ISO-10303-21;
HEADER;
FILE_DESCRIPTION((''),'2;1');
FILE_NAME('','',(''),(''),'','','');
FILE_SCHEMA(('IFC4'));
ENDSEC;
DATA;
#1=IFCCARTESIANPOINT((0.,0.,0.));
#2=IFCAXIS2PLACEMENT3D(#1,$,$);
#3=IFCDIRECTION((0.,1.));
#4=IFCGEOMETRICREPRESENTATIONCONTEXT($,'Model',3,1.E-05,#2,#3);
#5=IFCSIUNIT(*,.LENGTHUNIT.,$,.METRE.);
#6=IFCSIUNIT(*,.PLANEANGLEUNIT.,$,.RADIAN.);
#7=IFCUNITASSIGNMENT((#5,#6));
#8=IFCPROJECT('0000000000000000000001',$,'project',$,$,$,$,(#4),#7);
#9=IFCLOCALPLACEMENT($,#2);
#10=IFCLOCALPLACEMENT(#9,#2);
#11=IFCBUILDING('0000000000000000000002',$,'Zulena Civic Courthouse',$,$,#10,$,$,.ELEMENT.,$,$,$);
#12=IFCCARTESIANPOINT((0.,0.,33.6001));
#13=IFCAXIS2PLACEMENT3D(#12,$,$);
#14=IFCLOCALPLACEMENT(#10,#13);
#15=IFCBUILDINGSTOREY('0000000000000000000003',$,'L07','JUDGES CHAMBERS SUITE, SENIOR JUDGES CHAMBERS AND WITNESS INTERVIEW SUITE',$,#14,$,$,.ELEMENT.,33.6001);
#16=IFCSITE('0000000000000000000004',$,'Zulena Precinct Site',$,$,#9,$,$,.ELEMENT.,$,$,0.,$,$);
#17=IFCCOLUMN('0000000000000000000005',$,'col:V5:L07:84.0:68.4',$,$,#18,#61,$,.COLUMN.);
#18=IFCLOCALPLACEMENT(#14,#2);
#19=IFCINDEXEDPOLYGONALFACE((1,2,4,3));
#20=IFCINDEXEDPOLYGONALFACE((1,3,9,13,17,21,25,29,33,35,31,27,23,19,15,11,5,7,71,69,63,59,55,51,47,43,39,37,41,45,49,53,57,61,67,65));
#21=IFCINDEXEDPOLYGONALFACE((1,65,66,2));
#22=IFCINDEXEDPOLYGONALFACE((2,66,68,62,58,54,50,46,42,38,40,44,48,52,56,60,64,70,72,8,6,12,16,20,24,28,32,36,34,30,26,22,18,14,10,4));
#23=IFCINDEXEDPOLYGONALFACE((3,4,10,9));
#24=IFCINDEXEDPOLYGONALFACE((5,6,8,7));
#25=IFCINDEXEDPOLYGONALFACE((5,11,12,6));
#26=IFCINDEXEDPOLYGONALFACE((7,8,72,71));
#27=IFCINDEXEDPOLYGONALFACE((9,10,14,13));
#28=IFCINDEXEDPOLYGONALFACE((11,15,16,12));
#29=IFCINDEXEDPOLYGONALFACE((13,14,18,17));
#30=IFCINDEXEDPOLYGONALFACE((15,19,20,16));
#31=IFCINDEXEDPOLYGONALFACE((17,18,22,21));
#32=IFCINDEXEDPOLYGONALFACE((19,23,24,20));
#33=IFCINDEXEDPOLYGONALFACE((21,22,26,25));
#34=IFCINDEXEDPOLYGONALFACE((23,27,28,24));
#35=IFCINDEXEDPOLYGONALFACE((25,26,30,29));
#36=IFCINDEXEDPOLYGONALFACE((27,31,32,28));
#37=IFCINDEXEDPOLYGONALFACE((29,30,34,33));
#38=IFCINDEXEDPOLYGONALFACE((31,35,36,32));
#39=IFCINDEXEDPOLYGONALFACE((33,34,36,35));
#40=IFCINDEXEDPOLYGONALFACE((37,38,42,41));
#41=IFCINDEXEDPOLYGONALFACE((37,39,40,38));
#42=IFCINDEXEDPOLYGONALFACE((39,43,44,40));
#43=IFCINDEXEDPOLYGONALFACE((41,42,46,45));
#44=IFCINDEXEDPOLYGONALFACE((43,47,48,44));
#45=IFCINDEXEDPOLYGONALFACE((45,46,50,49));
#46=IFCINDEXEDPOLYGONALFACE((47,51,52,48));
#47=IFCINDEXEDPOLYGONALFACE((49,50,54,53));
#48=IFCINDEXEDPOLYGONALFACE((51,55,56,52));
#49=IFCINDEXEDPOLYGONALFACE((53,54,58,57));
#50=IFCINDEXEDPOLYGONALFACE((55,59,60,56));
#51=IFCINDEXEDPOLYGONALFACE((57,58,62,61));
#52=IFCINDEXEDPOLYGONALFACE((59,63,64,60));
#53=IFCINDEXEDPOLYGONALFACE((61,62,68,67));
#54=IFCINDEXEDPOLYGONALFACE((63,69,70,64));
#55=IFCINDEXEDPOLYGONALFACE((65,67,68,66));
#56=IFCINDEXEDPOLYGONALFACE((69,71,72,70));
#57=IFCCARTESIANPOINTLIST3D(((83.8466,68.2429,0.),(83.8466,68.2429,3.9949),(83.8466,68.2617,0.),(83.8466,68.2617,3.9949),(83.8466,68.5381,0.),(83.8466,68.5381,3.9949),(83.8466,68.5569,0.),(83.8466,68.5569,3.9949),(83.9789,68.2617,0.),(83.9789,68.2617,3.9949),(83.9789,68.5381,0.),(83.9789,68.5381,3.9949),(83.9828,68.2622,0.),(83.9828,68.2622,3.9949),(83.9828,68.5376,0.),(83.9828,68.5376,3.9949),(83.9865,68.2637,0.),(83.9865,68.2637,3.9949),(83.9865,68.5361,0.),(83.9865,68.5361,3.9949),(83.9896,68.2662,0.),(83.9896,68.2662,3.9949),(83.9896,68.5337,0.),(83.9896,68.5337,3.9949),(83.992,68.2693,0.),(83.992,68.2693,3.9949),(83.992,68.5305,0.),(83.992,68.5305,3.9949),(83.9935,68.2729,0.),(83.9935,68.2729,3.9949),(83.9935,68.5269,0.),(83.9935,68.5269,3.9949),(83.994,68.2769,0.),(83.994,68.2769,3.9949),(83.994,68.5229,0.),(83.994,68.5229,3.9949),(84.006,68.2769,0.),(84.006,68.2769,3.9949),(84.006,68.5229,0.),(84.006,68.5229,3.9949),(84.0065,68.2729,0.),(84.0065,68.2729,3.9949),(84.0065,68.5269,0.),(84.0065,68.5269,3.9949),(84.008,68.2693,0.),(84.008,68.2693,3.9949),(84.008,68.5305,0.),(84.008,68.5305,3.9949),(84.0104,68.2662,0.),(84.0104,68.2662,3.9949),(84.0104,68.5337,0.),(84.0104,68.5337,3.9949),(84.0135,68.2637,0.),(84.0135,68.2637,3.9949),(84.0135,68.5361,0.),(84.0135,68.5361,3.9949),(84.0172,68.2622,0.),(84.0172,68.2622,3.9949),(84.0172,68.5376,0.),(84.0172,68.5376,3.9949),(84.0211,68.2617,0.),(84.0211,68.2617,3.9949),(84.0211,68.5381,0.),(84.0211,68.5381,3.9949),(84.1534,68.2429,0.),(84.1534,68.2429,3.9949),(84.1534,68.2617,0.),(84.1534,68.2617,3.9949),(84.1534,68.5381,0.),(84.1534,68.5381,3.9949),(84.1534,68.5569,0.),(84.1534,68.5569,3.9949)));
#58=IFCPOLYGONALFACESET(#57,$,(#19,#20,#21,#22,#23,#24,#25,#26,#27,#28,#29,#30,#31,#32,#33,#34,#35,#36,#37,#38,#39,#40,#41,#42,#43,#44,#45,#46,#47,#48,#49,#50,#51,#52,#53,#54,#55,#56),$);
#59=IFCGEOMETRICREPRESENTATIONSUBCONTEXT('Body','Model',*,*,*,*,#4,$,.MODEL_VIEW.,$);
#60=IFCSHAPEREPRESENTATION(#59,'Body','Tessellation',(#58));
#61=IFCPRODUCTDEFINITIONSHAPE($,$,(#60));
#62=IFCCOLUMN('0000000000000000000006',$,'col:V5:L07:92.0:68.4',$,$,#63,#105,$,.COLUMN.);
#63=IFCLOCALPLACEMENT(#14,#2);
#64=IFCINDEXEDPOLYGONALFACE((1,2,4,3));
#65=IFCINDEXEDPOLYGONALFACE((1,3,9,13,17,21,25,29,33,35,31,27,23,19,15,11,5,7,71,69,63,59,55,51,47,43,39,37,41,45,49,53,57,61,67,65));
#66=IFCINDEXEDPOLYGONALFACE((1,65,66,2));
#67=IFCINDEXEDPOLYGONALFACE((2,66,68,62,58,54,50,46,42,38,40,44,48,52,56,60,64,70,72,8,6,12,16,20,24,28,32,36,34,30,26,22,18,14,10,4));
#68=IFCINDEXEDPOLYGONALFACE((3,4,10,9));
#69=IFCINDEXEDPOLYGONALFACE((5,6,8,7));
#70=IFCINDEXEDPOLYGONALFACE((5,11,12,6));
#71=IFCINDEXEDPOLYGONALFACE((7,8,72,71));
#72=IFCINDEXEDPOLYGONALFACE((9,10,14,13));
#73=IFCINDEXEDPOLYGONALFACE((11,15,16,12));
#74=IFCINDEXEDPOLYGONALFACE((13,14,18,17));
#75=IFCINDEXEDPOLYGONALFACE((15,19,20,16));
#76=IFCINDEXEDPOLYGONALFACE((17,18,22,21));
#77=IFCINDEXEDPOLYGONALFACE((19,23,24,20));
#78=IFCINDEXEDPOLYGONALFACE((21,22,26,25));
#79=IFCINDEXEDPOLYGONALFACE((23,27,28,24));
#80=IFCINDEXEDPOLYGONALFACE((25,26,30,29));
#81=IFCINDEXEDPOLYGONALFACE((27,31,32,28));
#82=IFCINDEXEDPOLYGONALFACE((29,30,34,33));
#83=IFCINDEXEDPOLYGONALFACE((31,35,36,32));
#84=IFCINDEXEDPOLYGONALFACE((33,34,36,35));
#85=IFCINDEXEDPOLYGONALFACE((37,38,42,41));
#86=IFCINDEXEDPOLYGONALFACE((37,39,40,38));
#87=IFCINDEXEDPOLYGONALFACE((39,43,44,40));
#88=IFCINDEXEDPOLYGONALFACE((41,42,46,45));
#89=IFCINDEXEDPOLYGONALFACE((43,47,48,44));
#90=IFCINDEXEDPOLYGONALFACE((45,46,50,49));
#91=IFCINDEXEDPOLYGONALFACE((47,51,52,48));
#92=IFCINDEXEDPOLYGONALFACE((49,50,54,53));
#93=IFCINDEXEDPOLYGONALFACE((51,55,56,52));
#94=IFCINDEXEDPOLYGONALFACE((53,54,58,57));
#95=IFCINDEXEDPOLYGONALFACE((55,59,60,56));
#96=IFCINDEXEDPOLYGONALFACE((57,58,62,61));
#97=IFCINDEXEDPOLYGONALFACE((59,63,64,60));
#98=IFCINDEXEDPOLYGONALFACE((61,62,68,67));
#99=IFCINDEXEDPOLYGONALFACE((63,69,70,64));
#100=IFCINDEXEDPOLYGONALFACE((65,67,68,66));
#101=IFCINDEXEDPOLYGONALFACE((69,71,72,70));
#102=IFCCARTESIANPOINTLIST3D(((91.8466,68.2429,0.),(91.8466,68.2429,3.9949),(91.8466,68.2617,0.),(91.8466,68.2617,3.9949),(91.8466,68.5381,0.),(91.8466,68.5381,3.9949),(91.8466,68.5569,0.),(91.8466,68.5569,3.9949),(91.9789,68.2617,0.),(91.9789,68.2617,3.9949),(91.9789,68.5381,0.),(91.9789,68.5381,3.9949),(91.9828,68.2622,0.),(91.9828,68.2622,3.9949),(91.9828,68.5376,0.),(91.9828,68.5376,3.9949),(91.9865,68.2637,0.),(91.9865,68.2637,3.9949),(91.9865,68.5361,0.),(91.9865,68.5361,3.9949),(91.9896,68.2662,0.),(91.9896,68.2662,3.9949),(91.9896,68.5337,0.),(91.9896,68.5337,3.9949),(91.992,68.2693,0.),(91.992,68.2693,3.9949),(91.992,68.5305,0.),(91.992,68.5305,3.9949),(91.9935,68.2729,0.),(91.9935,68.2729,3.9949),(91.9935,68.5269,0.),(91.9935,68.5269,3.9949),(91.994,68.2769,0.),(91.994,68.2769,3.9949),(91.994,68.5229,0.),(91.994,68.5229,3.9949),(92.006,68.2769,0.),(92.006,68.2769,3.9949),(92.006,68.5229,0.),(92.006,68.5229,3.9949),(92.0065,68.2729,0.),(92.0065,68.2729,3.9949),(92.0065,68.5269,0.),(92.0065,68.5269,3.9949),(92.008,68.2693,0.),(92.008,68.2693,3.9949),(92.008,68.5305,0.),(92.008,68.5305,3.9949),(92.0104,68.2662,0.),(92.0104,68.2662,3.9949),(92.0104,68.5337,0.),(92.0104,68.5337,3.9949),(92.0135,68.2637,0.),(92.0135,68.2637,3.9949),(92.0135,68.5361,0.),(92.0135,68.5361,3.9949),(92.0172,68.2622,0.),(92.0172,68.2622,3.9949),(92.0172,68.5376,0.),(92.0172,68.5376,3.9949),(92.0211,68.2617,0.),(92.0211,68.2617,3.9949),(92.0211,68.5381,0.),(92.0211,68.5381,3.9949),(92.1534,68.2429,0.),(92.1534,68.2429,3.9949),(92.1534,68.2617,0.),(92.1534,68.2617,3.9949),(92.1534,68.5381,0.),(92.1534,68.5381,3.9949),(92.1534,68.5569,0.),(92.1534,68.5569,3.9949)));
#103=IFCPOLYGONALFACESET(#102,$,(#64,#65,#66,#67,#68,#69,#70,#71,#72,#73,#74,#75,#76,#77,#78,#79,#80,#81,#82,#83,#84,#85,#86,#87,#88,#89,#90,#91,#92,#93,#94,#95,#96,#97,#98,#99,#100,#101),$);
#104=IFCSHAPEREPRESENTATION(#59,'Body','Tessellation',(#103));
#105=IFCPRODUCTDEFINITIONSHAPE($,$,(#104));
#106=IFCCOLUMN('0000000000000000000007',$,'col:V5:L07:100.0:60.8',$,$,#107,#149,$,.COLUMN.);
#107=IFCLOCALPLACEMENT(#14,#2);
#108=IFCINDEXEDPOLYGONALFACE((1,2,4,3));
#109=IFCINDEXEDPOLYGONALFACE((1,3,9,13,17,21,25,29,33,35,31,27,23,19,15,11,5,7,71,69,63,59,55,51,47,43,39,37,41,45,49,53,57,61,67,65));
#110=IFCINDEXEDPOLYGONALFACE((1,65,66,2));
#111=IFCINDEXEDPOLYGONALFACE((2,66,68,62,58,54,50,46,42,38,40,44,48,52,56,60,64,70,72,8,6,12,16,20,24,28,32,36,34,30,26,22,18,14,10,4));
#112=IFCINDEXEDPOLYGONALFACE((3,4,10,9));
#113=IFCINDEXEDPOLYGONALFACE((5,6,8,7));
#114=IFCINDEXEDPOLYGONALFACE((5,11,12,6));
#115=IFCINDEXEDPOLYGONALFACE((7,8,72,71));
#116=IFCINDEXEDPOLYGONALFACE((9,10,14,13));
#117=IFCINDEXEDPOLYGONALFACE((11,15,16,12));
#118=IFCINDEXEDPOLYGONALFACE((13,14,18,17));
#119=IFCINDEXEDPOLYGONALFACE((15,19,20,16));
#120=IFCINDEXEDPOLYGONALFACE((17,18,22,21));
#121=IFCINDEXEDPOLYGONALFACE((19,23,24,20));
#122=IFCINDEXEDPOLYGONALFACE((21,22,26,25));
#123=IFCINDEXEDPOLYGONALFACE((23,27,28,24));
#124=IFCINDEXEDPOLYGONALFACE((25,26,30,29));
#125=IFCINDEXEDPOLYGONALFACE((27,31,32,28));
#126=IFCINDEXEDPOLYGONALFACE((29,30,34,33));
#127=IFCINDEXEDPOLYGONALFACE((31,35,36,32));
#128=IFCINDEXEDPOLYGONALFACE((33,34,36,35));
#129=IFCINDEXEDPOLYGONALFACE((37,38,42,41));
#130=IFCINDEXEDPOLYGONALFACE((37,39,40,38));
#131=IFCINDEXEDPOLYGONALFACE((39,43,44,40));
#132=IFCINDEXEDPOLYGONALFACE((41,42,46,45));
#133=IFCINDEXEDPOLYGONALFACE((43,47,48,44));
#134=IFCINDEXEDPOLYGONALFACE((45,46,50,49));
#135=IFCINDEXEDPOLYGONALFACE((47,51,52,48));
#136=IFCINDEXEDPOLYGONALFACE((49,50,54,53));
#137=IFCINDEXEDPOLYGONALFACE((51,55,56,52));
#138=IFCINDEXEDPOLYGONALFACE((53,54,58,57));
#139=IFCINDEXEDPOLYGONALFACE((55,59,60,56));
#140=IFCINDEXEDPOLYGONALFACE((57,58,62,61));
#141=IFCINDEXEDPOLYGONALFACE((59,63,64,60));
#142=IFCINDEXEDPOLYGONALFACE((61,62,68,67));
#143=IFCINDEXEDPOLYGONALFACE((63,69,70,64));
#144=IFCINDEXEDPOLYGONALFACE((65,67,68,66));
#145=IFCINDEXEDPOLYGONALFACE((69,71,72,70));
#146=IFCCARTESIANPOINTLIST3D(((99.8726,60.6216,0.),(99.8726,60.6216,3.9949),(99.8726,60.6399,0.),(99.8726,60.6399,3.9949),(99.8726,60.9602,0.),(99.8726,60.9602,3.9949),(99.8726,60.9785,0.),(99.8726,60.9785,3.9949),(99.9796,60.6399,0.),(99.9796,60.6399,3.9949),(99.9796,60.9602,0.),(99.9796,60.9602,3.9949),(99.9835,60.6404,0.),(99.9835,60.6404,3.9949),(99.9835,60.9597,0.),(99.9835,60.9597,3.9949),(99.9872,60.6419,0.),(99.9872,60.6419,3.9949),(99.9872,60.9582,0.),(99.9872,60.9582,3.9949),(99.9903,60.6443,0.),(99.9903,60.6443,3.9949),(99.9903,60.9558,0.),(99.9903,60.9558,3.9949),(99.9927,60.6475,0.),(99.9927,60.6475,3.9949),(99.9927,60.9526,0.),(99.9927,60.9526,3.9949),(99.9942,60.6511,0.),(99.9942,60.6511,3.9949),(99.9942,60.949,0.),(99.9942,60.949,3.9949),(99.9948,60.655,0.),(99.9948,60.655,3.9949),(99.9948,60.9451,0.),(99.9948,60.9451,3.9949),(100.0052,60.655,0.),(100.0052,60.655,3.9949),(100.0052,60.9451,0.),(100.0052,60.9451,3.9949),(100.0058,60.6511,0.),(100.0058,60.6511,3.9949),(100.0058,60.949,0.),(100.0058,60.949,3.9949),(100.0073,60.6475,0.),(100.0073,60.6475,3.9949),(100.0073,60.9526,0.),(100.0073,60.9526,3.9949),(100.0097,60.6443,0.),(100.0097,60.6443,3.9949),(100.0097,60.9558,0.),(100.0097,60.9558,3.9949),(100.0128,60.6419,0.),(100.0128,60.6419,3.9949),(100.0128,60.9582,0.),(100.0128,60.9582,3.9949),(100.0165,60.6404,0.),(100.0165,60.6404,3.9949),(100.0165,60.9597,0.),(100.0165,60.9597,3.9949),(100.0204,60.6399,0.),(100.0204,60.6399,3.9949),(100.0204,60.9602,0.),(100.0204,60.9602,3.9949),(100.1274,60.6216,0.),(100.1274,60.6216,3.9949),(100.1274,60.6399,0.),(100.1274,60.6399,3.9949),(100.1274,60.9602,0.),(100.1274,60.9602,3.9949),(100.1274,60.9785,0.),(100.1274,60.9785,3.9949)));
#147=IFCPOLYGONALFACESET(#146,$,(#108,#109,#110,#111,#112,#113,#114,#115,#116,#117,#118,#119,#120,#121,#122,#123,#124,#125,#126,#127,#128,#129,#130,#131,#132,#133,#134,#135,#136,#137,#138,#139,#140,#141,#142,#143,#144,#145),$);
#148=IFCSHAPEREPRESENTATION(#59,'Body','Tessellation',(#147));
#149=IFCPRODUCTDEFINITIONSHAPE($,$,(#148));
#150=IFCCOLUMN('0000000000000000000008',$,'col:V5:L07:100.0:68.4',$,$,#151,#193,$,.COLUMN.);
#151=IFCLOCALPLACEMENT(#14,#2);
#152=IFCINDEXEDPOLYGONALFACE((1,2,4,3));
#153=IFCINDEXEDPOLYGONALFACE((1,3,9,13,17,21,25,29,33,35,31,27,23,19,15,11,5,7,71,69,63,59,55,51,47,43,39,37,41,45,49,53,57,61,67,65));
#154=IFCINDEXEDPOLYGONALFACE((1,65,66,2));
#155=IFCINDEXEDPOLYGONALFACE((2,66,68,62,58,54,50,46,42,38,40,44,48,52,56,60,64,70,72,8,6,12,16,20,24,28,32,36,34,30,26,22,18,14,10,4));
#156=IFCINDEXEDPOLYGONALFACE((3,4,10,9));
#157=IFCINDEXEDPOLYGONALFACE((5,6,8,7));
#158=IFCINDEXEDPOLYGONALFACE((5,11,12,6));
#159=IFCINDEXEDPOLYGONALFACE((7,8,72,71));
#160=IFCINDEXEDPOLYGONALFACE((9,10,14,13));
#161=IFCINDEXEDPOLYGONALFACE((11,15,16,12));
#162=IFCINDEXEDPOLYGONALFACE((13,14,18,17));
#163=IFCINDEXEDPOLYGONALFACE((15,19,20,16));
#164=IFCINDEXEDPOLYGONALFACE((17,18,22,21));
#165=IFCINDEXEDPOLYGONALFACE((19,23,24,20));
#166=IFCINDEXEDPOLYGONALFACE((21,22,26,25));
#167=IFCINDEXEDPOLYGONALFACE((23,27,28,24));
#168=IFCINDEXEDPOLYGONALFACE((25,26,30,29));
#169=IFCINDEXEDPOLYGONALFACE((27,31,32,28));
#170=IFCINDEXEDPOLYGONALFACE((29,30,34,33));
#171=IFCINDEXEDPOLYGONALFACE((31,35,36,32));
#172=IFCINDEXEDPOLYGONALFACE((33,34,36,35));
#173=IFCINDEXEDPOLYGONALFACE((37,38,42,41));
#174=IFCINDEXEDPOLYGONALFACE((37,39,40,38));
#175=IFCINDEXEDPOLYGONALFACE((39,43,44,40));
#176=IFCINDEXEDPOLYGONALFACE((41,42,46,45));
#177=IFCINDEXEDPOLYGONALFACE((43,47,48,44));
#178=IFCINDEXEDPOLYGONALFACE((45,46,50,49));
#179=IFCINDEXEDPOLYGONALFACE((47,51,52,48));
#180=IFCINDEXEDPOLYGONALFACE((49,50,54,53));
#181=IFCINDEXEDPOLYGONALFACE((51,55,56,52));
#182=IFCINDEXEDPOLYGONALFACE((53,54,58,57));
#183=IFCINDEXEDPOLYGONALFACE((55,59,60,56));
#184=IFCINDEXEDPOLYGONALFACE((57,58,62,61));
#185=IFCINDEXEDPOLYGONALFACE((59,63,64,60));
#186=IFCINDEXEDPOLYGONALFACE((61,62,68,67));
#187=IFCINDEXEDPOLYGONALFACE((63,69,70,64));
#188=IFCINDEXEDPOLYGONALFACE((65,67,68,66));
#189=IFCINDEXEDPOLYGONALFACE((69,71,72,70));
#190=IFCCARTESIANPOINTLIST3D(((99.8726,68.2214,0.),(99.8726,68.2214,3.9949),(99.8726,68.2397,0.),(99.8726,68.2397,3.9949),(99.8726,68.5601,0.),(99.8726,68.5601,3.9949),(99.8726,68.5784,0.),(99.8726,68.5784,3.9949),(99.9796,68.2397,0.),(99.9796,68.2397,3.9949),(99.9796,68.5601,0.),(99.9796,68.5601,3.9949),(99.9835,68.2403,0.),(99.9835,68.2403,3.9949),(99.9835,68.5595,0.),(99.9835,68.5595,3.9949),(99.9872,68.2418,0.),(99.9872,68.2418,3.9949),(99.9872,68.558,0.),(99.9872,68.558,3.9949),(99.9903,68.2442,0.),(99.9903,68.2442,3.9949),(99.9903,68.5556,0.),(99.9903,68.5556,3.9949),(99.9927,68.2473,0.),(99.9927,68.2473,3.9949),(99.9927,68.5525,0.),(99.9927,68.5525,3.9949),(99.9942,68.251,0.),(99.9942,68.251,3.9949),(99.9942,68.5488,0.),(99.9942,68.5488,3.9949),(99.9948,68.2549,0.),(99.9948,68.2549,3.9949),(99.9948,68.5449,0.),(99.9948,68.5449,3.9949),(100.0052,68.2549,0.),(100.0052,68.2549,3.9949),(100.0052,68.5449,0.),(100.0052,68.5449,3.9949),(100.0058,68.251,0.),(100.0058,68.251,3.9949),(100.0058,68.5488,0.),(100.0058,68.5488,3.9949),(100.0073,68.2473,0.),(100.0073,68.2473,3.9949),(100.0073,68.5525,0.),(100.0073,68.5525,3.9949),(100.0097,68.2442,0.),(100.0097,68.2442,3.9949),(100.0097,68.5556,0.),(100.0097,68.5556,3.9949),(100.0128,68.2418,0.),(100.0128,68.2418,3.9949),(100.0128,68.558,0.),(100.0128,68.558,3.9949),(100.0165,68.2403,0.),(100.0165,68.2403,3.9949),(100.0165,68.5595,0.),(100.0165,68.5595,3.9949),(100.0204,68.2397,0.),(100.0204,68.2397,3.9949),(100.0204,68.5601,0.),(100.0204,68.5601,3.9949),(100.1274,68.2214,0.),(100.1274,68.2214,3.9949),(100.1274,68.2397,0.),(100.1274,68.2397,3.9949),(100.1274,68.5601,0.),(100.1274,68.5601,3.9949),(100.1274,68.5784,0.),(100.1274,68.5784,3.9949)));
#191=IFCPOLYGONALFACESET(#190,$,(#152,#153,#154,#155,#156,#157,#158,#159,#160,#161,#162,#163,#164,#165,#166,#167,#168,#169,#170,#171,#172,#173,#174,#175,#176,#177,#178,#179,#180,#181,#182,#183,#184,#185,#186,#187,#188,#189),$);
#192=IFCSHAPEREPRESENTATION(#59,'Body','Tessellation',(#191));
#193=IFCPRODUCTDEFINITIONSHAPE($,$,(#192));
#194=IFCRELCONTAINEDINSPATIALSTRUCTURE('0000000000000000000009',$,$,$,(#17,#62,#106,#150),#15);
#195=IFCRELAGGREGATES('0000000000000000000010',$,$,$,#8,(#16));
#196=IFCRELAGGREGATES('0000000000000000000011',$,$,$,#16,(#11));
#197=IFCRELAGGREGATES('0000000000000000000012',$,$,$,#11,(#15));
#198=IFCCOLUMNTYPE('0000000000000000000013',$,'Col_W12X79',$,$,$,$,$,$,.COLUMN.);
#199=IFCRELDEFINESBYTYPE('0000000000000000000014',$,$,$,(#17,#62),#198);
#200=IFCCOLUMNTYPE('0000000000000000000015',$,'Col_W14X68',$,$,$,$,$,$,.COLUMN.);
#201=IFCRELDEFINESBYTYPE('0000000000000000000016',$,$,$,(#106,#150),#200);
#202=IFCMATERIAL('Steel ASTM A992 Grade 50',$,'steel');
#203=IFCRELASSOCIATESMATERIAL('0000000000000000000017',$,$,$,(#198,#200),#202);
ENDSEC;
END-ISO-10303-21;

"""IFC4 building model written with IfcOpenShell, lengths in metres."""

from ifc_helpers import new_model, si_unit, direction, frame, origin, origin_2d, place, context, subcontext, project, spatial, i_section, extrude, material, material_profile, profile_set, type_object, element, save


model = new_model("IFC4")

# Units and contexts
model_context = context("Model", 3, precision=1e-05, world=origin(), true_north=direction((0.0, 1.0)))
body_context = subcontext(model_context, "Body", "Model", "MODEL_VIEW")
ifc_project = project(units=[si_unit("LENGTHUNIT", "METRE"), si_unit("PLANEANGLEUNIT", "RADIAN")], contexts=[model_context])

# Site, building, storey
site_placement = place(None, origin())
site = spatial("IfcSite", under=ifc_project, at=site_placement, Name="Zulena Precinct Site", CompositionType="ELEMENT", RefElevation=0.0)
building_placement = place(site_placement, origin())
building = spatial("IfcBuilding", under=site, at=building_placement, Name="Zulena Civic Courthouse", CompositionType="ELEMENT")
storey_placement = place(building_placement, frame((0.0, 0.0, 33.6001)))
storey = spatial("IfcBuildingStorey", under=building, at=storey_placement, Name="L07", Description="JUDGES CHAMBERS SUITE, SENIOR JUDGES CHAMBERS AND WITNESS INTERVIEW SUITE", CompositionType="ELEMENT", Elevation=33.6001)

# Columns
ifc_material_1 = material(Name="Steel ASTM A992 Grade 50", Category="steel")
ifc_material_profile_1 = material_profile(ifc_material_1, i_section(OverallWidth=0.3069, OverallDepth=0.314, WebThickness=0.012, FlangeThickness=0.0188, FilletRadius=0.0151, at=origin_2d()), Name="W12X79")
ifc_profile_set_1 = profile_set([ifc_material_profile_1], Name="Steel ASTM A992 Grade 50")
column_type_1 = type_object("IfcColumnType", Name="Col_W12X79", PredefinedType="COLUMN", material=ifc_profile_set_1)
for number, where, z_axis, x_axis, name in (
    (1, (84.0, 68.3999, 0.0), (0.0, 0.0, 1.0), (1.0, 0.0, 0.0), "col:V5:L07:84.0:68.4"),
    (2, (92.0, 68.3999, 0.0), (0.0, 0.0, 1.0), (1.0, 0.0, 0.0), "col:V5:L07:92.0:68.4"),
):
    element("IfcColumn", number, at=place(storey_placement, frame(where, z_axis=z_axis, x_axis=x_axis)), inside=storey, type_object=column_type_1, Name=name, PredefinedType="COLUMN", context=body_context, shape_type="SweptSolid", body=[
        extrude(i_section(OverallWidth=0.3069, OverallDepth=0.314, WebThickness=0.012, FlangeThickness=0.0188, FilletRadius=0.0151, at=origin_2d()), origin(), (0.0, 0.0, 1.0), 3.9949),
    ])
ifc_material_profile_2 = material_profile(ifc_material_1, i_section(OverallWidth=0.2549, OverallDepth=0.3569, WebThickness=0.0105, FlangeThickness=0.0183, FilletRadius=0.0151, at=origin_2d()), Name="W14X68")
ifc_profile_set_2 = profile_set([ifc_material_profile_2], Name="Steel ASTM A992 Grade 50")
column_type_2 = type_object("IfcColumnType", Name="Col_W14X68", PredefinedType="COLUMN", material=ifc_profile_set_2)
for number, where, z_axis, x_axis, name in (
    (3, (100.0, 60.8, 0.0), (0.0, 0.0, 1.0), (1.0, 0.0, 0.0), "col:V5:L07:100.0:60.8"),
    (4, (100.0, 68.3999, 0.0), (0.0, 0.0, 1.0), (1.0, 0.0, 0.0), "col:V5:L07:100.0:68.4"),
):
    element("IfcColumn", number, at=place(storey_placement, frame(where, z_axis=z_axis, x_axis=x_axis)), inside=storey, type_object=column_type_2, Name=name, PredefinedType="COLUMN", context=body_context, shape_type="SweptSolid", body=[
        extrude(i_section(OverallWidth=0.2549, OverallDepth=0.3569, WebThickness=0.0105, FlangeThickness=0.0183, FilletRadius=0.0151, at=origin_2d()), origin(), (0.0, 0.0, 1.0), 3.9949),
    ])

save(model, "model.ifc")
